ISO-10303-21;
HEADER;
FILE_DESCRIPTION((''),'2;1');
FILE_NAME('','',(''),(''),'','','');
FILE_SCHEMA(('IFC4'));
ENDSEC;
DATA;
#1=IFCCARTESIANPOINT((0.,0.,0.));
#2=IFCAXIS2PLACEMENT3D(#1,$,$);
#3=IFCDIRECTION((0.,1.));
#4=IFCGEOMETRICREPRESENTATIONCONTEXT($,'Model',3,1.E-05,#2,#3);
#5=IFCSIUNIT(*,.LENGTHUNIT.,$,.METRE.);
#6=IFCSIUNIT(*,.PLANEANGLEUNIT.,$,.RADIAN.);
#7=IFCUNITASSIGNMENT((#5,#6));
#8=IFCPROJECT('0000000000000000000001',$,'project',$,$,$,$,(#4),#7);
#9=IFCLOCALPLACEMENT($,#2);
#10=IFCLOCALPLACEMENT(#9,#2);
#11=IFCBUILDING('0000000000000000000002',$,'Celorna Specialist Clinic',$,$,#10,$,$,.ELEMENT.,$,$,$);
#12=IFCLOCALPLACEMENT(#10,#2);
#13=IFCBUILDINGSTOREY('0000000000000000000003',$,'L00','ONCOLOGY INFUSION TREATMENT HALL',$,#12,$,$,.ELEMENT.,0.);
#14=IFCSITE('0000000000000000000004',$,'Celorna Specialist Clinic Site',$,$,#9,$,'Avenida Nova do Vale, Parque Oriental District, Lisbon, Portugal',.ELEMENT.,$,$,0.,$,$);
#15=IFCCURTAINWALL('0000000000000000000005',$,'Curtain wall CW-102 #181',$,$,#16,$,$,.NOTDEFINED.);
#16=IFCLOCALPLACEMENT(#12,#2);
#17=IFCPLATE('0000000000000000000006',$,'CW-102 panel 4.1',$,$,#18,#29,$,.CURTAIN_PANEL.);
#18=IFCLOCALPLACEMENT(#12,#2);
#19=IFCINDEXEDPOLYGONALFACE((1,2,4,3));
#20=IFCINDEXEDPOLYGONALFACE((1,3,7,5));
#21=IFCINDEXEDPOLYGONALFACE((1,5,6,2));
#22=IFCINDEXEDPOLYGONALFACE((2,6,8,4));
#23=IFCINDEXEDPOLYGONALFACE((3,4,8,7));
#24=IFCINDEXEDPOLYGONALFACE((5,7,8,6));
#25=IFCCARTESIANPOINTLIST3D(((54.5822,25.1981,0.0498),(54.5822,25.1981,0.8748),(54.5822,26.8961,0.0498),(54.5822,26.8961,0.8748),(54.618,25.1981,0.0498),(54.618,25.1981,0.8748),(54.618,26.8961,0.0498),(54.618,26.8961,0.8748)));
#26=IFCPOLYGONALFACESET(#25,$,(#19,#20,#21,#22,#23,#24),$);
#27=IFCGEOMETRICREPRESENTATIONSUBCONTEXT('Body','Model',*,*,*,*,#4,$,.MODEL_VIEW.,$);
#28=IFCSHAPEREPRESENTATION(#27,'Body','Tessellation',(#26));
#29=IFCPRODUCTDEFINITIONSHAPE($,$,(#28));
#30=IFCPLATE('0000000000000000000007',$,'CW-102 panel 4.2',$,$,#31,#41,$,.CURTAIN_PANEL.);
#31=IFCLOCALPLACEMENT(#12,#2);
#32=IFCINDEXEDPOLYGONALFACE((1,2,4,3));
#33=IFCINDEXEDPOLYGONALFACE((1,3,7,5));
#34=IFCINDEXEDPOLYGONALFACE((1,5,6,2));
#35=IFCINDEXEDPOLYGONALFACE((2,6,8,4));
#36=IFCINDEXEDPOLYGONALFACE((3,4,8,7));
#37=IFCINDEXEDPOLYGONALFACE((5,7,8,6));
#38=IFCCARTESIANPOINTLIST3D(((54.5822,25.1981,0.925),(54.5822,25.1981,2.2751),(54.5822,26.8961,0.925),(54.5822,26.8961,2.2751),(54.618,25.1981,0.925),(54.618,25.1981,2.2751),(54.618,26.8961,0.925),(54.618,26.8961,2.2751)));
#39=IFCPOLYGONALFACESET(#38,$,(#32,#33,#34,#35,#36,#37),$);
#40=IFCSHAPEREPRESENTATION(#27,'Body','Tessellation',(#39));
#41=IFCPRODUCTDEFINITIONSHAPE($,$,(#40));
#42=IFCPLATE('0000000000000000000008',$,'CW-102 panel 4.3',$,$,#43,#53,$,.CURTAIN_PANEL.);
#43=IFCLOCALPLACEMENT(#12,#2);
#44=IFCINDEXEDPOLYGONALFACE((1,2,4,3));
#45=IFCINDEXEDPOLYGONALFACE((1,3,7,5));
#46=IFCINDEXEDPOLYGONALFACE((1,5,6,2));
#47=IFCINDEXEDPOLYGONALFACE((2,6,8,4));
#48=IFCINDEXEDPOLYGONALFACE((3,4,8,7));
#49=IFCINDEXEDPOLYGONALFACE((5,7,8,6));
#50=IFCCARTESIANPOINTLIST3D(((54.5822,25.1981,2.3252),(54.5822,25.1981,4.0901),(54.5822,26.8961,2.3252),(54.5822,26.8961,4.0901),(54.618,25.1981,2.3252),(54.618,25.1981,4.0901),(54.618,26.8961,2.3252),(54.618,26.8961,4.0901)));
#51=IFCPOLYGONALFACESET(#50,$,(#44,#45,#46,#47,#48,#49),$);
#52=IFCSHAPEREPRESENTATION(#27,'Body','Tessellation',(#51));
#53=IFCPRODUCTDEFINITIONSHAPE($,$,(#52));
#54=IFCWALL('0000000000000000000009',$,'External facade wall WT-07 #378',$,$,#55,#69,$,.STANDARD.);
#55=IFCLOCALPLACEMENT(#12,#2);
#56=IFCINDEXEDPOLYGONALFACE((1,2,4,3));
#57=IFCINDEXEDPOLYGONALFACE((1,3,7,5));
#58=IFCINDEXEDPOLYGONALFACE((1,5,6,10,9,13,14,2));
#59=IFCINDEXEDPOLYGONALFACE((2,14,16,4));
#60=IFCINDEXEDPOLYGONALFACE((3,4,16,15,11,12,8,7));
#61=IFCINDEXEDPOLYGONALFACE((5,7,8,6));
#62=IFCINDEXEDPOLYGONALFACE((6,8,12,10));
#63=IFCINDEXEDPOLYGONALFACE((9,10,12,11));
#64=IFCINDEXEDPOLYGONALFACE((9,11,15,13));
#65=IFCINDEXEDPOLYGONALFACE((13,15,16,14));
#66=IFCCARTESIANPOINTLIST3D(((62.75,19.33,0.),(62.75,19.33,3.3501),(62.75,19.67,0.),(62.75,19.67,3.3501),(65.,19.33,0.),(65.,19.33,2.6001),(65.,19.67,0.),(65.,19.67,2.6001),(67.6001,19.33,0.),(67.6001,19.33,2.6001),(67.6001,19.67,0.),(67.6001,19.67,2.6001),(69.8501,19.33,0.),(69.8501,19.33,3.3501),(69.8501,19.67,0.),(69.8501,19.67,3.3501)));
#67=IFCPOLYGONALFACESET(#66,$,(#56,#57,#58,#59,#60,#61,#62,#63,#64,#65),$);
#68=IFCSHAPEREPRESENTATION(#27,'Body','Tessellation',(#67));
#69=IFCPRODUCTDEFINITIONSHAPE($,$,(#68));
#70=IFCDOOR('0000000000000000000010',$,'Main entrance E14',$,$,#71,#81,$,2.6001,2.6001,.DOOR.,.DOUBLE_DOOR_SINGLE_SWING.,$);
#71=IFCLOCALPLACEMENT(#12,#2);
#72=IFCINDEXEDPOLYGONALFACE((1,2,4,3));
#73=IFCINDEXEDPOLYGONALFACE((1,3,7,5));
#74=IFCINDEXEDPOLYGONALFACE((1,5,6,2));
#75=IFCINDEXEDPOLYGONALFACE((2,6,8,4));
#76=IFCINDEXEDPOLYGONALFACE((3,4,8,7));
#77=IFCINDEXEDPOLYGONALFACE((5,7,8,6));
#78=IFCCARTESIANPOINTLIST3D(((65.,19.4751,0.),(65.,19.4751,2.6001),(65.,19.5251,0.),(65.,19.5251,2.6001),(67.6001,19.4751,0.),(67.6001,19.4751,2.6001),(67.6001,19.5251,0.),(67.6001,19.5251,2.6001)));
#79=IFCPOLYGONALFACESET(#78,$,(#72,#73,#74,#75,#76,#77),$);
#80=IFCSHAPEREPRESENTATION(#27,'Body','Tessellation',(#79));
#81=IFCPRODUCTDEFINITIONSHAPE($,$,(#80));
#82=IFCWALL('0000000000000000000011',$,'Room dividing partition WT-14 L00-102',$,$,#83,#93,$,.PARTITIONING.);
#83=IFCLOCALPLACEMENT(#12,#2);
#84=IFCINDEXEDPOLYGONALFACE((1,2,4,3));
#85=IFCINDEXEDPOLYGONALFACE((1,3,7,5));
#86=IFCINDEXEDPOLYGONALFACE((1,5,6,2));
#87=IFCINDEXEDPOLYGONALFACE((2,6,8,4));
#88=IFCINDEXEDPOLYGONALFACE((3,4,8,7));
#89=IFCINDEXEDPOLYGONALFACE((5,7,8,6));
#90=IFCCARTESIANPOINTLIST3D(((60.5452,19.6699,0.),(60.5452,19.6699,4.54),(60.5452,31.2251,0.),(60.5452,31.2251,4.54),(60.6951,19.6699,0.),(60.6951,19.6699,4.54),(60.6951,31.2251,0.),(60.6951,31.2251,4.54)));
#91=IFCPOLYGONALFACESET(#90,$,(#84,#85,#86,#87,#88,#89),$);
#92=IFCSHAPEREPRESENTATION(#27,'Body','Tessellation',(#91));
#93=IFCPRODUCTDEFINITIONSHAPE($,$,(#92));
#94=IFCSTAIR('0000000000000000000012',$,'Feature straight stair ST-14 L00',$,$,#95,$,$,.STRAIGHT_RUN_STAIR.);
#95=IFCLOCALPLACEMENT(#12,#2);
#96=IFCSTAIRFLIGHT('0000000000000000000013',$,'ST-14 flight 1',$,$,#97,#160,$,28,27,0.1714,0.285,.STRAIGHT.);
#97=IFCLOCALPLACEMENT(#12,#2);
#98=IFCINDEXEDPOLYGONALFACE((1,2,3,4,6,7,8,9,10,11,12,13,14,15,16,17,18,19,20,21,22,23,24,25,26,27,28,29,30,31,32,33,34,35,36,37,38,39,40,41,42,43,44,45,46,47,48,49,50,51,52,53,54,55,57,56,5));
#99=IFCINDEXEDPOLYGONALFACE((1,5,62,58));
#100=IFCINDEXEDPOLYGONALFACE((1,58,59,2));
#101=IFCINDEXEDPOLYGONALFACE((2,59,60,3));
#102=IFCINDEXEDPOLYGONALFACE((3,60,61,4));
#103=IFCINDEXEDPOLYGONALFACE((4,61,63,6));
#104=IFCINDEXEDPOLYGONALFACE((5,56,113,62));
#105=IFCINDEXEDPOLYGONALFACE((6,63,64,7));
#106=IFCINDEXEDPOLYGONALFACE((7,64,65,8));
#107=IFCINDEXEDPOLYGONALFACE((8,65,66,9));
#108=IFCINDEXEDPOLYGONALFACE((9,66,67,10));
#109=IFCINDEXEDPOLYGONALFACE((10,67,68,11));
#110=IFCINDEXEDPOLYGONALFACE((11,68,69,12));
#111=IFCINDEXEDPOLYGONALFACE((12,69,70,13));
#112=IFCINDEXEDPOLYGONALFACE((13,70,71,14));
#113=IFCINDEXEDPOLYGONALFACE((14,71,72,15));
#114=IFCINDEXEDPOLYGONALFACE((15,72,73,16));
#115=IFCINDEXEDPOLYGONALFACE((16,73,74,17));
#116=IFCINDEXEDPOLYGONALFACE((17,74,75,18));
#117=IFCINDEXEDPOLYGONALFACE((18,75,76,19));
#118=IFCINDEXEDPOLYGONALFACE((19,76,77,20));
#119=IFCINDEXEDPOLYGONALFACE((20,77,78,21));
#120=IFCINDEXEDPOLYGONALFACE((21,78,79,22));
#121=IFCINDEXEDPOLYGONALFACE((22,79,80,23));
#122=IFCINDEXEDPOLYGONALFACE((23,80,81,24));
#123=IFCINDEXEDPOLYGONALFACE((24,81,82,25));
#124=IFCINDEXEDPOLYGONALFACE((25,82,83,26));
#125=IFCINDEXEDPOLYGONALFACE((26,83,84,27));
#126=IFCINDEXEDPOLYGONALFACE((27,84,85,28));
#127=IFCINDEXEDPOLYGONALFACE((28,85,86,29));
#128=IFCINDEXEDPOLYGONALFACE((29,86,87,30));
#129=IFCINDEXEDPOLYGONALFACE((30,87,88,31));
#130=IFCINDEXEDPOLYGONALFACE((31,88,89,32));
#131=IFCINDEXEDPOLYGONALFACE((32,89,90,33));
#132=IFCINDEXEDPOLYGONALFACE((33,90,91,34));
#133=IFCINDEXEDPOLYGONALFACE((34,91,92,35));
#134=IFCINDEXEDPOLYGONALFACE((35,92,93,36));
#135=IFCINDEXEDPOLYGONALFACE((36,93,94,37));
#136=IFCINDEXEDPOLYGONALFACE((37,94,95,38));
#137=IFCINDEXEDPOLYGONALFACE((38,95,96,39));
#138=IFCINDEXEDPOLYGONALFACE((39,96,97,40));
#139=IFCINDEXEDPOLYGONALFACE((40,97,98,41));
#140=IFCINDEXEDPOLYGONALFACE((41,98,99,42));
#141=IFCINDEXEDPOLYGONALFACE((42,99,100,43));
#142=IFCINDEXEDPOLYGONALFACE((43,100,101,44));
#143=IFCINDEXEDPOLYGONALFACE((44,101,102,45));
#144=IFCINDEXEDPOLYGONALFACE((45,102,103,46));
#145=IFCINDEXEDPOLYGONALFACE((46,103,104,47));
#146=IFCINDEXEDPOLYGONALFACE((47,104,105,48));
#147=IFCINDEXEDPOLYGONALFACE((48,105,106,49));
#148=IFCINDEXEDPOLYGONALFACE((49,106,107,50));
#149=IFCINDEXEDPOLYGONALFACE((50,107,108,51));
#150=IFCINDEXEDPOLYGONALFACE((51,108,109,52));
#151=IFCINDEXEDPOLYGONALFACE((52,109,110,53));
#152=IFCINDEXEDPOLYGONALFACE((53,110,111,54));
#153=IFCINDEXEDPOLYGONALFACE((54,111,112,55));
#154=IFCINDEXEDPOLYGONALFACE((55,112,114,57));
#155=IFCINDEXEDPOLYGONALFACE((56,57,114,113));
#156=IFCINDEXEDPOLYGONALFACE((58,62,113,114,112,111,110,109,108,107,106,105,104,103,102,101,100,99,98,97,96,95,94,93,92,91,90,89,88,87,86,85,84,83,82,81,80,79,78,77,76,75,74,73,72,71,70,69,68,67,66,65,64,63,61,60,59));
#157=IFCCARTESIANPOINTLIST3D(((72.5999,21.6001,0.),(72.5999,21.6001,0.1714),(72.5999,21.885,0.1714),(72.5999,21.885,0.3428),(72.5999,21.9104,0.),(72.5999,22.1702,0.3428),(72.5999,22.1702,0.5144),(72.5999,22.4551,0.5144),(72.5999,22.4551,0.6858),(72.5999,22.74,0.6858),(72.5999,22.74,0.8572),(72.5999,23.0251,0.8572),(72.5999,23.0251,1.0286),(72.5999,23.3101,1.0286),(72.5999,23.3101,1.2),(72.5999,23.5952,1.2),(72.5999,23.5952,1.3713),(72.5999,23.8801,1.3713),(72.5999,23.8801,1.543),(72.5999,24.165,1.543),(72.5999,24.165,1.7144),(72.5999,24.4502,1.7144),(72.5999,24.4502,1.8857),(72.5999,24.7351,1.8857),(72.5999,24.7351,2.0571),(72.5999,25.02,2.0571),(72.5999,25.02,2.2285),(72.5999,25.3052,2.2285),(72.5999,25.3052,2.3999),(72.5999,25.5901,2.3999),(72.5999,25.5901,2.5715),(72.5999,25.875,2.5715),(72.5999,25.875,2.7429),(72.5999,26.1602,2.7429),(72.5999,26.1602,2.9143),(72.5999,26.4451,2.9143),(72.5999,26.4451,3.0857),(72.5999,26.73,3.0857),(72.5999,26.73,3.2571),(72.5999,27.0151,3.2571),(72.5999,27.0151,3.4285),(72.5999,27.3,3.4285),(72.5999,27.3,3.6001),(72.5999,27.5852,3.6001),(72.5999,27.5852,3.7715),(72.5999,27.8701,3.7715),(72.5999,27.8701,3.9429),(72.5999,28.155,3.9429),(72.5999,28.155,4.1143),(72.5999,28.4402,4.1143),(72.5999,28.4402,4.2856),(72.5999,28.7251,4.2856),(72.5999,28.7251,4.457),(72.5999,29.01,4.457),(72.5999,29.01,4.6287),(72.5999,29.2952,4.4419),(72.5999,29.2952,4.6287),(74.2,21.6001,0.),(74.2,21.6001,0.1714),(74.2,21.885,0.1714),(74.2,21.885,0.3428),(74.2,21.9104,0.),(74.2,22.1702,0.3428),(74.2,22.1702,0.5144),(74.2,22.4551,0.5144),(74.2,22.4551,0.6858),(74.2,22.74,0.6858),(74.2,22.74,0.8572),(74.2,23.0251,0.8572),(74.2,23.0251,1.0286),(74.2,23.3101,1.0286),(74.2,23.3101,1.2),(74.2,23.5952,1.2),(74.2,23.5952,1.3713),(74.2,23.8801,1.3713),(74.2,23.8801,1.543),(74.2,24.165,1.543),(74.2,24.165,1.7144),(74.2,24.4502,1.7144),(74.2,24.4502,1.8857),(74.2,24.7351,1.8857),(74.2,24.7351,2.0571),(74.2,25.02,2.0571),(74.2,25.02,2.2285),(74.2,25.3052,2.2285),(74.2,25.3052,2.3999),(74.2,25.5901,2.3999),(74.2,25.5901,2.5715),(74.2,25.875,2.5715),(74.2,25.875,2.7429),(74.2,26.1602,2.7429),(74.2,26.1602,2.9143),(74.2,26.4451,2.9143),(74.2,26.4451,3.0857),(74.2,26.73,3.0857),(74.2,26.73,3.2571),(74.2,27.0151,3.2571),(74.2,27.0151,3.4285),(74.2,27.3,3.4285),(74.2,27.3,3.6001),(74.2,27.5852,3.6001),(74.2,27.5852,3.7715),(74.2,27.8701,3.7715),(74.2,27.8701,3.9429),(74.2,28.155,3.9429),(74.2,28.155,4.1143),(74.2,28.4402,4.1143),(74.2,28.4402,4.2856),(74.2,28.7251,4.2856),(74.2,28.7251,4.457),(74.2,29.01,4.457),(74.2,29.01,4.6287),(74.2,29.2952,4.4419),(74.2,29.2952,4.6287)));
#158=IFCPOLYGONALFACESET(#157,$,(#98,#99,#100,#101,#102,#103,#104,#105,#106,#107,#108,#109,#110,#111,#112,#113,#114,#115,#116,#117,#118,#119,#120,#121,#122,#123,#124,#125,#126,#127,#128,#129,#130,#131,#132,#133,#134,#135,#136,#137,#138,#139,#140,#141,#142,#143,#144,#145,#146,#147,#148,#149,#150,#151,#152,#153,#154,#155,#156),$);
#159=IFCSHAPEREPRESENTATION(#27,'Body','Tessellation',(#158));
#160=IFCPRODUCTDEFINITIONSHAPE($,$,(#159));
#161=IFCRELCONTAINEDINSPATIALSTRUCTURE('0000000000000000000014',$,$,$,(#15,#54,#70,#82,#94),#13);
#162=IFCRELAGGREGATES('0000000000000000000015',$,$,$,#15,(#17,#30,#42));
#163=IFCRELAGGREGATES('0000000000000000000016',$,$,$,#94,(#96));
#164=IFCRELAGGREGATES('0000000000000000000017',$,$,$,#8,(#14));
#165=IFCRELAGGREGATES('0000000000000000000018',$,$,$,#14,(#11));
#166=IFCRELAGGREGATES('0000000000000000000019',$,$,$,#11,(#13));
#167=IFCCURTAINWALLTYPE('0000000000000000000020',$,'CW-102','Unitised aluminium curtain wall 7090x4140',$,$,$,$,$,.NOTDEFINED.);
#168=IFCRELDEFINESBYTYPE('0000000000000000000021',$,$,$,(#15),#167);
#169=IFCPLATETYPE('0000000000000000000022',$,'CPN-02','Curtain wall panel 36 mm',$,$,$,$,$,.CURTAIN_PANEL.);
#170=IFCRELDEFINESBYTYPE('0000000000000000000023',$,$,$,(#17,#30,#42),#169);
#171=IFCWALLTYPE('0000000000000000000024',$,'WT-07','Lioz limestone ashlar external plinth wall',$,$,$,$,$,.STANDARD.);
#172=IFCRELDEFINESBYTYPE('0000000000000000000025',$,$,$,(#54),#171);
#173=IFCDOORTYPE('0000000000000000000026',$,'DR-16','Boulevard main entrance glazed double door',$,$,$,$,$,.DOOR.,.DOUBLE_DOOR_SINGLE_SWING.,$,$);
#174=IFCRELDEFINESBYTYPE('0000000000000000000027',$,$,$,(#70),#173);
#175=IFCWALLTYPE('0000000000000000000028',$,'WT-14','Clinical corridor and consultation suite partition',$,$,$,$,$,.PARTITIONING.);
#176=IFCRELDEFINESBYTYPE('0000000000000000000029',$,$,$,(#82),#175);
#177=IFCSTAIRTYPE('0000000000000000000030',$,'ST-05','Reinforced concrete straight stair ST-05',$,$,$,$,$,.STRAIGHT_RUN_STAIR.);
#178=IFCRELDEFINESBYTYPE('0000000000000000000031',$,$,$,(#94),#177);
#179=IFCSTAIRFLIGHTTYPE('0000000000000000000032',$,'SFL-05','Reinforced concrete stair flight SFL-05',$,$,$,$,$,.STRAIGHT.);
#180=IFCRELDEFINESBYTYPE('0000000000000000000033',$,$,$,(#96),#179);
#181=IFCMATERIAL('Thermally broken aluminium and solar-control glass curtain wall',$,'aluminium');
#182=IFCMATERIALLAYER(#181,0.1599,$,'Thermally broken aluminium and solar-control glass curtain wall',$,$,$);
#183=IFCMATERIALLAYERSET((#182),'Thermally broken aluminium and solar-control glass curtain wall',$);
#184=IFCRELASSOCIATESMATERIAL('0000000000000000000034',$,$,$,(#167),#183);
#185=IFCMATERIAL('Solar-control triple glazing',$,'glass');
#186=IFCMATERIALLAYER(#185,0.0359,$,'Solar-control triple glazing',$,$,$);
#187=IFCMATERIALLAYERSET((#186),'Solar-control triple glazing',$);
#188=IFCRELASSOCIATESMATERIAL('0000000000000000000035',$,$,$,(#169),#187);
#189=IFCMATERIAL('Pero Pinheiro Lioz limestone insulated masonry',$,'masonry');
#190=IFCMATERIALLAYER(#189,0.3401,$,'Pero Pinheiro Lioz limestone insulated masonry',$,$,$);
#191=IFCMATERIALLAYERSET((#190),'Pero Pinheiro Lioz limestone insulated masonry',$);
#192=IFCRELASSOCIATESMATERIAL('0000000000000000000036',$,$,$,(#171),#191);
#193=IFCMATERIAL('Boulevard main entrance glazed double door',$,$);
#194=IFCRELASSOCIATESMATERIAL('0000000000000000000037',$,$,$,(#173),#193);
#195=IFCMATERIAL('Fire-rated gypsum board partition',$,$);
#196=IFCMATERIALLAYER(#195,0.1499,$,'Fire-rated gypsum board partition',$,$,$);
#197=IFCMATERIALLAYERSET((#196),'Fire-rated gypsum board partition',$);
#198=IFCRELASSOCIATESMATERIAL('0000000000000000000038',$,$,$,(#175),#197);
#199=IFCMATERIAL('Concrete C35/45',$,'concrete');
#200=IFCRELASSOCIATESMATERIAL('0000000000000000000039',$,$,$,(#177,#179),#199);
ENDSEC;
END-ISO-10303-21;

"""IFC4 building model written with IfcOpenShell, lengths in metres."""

from ifc_helpers import new_model, si_unit, direction, frame, frame_2d, origin, origin_2d, place, context, subcontext, project, spatial, polyline, rectangle, outline, extrude, material, layer, layer_set, type_object, element, fill, aggregate, save


model = new_model("IFC4")

# Units and contexts
model_context = context("Model", 3, precision=1e-05, world=origin(), true_north=direction((0.0, 1.0)))
body_context = subcontext(model_context, "Body", "Model", "MODEL_VIEW")
ifc_project = project(units=[si_unit("LENGTHUNIT", "METRE"), si_unit("PLANEANGLEUNIT", "RADIAN")], contexts=[model_context])

# Site, building, storey
site_placement = place(None, origin())
site = spatial("IfcSite", under=ifc_project, at=site_placement, Name="Celorna Specialist Clinic Site", LongName="Avenida Nova do Vale, Parque Oriental District, Lisbon, Portugal", CompositionType="ELEMENT", RefElevation=0.0)
building_placement = place(site_placement, origin())
building = spatial("IfcBuilding", under=site, at=building_placement, Name="Celorna Specialist Clinic", CompositionType="ELEMENT")
storey_placement = place(building_placement, origin())
storey = spatial("IfcBuildingStorey", under=building, at=storey_placement, Name="L00", Description="ONCOLOGY INFUSION TREATMENT HALL", CompositionType="ELEMENT", Elevation=0.0)

# Curtain wall
ifc_material_1 = material(Name="Thermally broken aluminium and solar-control glass curtain wall", Category="aluminium")
ifc_layer_1 = layer(ifc_material_1, 0.1599, Name="Thermally broken aluminium and solar-control glass curtain wall")
ifc_layer_set_1 = layer_set([ifc_layer_1], Name="Thermally broken aluminium and solar-control glass curtain wall")
curtain_wall_type = type_object("IfcCurtainWallType", Name="CW-102", Description="Unitised aluminium curtain wall 7090x4140", PredefinedType="NOTDEFINED", material=ifc_layer_set_1)
curtain_wall_1_placement = place(storey_placement, origin())
curtain_wall_1 = element("IfcCurtainWall", 1, at=curtain_wall_1_placement, inside=storey, type_object=curtain_wall_type, Name="Curtain wall CW-102 #181", PredefinedType="NOTDEFINED")

# Plates
ifc_material_2 = material(Name="Solar-control triple glazing", Category="glass")
ifc_layer_2 = layer(ifc_material_2, 0.0359, Name="Solar-control triple glazing")
ifc_layer_set_2 = layer_set([ifc_layer_2], Name="Solar-control triple glazing")
plate_type = type_object("IfcPlateType", Name="CPN-02", Description="Curtain wall panel 36 mm", PredefinedType="CURTAIN_PANEL", material=ifc_layer_set_2)
plate_1_placement = place(storey_placement, frame((54.6001, 26.0471, 0.0498), z_axis=(0.0, 0.0, 1.0), x_axis=(0.0, 1.0, 0.0)))
plate_1 = element("IfcPlate", 2, at=plate_1_placement, type_object=plate_type, Name="CW-102 panel 4.1", PredefinedType="CURTAIN_PANEL", context=body_context, shape_type="SweptSolid", body=[
    extrude(rectangle(XDim=1.698, YDim=0.0359, at=origin_2d()), origin(), (0.0, 0.0, 1.0), 0.825),
])
plate_2_placement = place(storey_placement, frame((54.6001, 26.0471, 0.925), z_axis=(0.0, 0.0, 1.0), x_axis=(0.0, 1.0, 0.0)))
plate_2 = element("IfcPlate", 3, at=plate_2_placement, type_object=plate_type, Name="CW-102 panel 4.2", PredefinedType="CURTAIN_PANEL", context=body_context, shape_type="SweptSolid", body=[
    extrude(rectangle(XDim=1.698, YDim=0.0359, at=origin_2d()), origin(), (0.0, 0.0, 1.0), 1.3501),
])
plate_3_placement = place(storey_placement, frame((54.6001, 26.0471, 2.3252), z_axis=(0.0, 0.0, 1.0), x_axis=(0.0, 1.0, 0.0)))
plate_3 = element("IfcPlate", 4, at=plate_3_placement, type_object=plate_type, Name="CW-102 panel 4.3", PredefinedType="CURTAIN_PANEL", context=body_context, shape_type="SweptSolid", body=[
    extrude(rectangle(XDim=1.698, YDim=0.0359, at=origin_2d()), origin(), (0.0, 0.0, 1.0), 1.7649),
])
aggregate(curtain_wall_1, [plate_1, plate_2, plate_3])

# Wall, opening, door
ifc_material_3 = material(Name="Pero Pinheiro Lioz limestone insulated masonry", Category="masonry")
ifc_layer_3 = layer(ifc_material_3, 0.3401, Name="Pero Pinheiro Lioz limestone insulated masonry")
ifc_layer_set_3 = layer_set([ifc_layer_3], Name="Pero Pinheiro Lioz limestone insulated masonry")
wall_type_1 = type_object("IfcWallType", Name="WT-07", Description="Lioz limestone ashlar external plinth wall", PredefinedType="STANDARD", material=ifc_layer_set_3)
wall_1_placement = place(storey_placement, frame((69.8501, 19.5, 0.0), z_axis=(0.0, 0.0, 1.0), x_axis=(-1.0, 0.0, 0.0)))
wall_1 = element("IfcWall", 5, at=wall_1_placement, inside=storey, type_object=wall_type_1, Name="External facade wall WT-07 #378", PredefinedType="STANDARD", context=body_context, shape_type="SweptSolid", body=[
    extrude(rectangle(XDim=7.1001, YDim=0.3401, at=frame_2d((3.55, 0.0))), origin(), (0.0, 0.0, 1.0), 3.3501),
])
opening_placement = place(wall_1_placement, frame((2.25, 0.0, 0.0)))
opening = element("IfcOpeningElement", 6, at=opening_placement, cuts=wall_1, PredefinedType="OPENING", context=body_context, shape_type="SweptSolid", body=[
    extrude(rectangle(XDim=2.6001, YDim=2.6001, at=frame_2d((1.3, 1.3))), frame((0.0, 0.1799, 0.0), z_axis=(0.0, -1.0, 0.0), x_axis=(1.0, 0.0, 0.0)), (0.0, 0.0, 1.0), 0.3601),
])
ifc_material_4 = material(Name="Boulevard main entrance glazed double door")
door_type = type_object("IfcDoorType", Name="DR-16", Description="Boulevard main entrance glazed double door", OperationType="DOUBLE_DOOR_SINGLE_SWING", PredefinedType="DOOR", material=ifc_material_4)
door_placement = place(opening_placement, origin())
door = element("IfcDoor", 7, at=door_placement, inside=storey, type_object=door_type, Name="Main entrance E14", OperationType="DOUBLE_DOOR_SINGLE_SWING", OverallHeight=2.6001, OverallWidth=2.6001, PredefinedType="DOOR", context=body_context, shape_type="SweptSolid", body=[
    extrude(rectangle(XDim=2.6001, YDim=2.6001, at=frame_2d((1.3, 1.3))), frame((0.0, 0.0249, 0.0), z_axis=(0.0, -1.0, 0.0), x_axis=(1.0, 0.0, 0.0)), (0.0, 0.0, 1.0), 0.05),
])
fill(opening, door)

# Wall
ifc_material_5 = material(Name="Fire-rated gypsum board partition")
ifc_layer_4 = layer(ifc_material_5, 0.1499, Name="Fire-rated gypsum board partition")
ifc_layer_set_4 = layer_set([ifc_layer_4], Name="Fire-rated gypsum board partition")
wall_type_2 = type_object("IfcWallType", Name="WT-14", Description="Clinical corridor and consultation suite partition", PredefinedType="PARTITIONING", material=ifc_layer_set_4)
wall_2_placement = place(storey_placement, frame((60.6201, 19.6699, 0.0), z_axis=(0.0, 0.0, 1.0), x_axis=(0.0, 1.0, 0.0)))
element("IfcWall", 8, at=wall_2_placement, inside=storey, type_object=wall_type_2, Name="Room dividing partition WT-14 L00-102", PredefinedType="PARTITIONING", context=body_context, shape_type="SweptSolid", body=[
    extrude(rectangle(XDim=11.5552, YDim=0.1499, at=frame_2d((5.7776, 0.0))), origin(), (0.0, 0.0, 1.0), 4.54),
])

# Stair, stair flight
ifc_material_6 = material(Name="Concrete C35/45", Category="concrete")
stair_type = type_object("IfcStairType", Name="ST-05", Description="Reinforced concrete straight stair ST-05", PredefinedType="STRAIGHT_RUN_STAIR", material=ifc_material_6)
stair_placement = place(storey_placement, origin())
stair = element("IfcStair", 9, at=stair_placement, inside=storey, type_object=stair_type, Name="Feature straight stair ST-14 L00", PredefinedType="STRAIGHT_RUN_STAIR")
stair_flight_type = type_object("IfcStairFlightType", Name="SFL-05", Description="Reinforced concrete stair flight SFL-05", PredefinedType="STRAIGHT", material=ifc_material_6)
stair_flight_placement = place(storey_placement, frame((73.3999, 21.6001, 0.0), z_axis=(0.0, 0.0, 1.0), x_axis=(0.0, 1.0, 0.0)))
stair_flight = element("IfcStairFlight", 10, at=stair_flight_placement, type_object=stair_flight_type, Name="ST-14 flight 1", NumberOfRisers=28, NumberOfTreads=27, PredefinedType="STRAIGHT", RiserHeight=0.1714, TreadLength=0.285, context=body_context, shape_type="SweptSolid", body=[
    extrude(outline(polyline([(0.0, 0.0), (0.0, 0.1714), (0.2849, 0.1714), (0.2849, 0.3428), (0.5701, 0.3428), (0.5701, 0.5144), (0.855, 0.5144), (0.855, 0.6858), (1.1399, 0.6858), (1.1399, 0.8572), (1.425, 0.8572), (1.425, 1.0286), (1.71, 1.0286), (1.71, 1.2), (1.9951, 1.2), (1.9951, 1.3713), (2.28, 1.3713), (2.28, 1.543), (2.5649, 1.543), (2.5649, 1.7144), (2.8501, 1.7144), (2.8501, 1.8857), (3.135, 1.8857), (3.135, 2.0571), (3.4199, 2.0571), (3.4199, 2.2285), (3.7051, 2.2285), (3.7051, 2.3999), (3.99, 2.3999), (3.99, 2.5715), (4.2749, 2.5715), (4.2749, 2.7429), (4.5601, 2.7429), (4.5601, 2.9143), (4.845, 2.9143), (4.845, 3.0857), (5.1299, 3.0857), (5.1299, 3.2571), (5.415, 3.2571), (5.415, 3.4285), (5.7, 3.4285), (5.7, 3.6001), (5.9851, 3.6001), (5.9851, 3.7715), (6.27, 3.7715), (6.27, 3.9429), (6.5549, 3.9429), (6.5549, 4.1143), (6.8401, 4.1143), (6.8401, 4.2856), (7.125, 4.2856), (7.125, 4.457), (7.4099, 4.457), (7.4099, 4.6287), (7.6951, 4.6287), (7.6951, 4.8), (7.6951, 4.4419), (0.3103, 0.0), (0.0, 0.0)])), frame((0.0, 0.8, 0.0), z_axis=(0.0, -1.0, 0.0), x_axis=(1.0, 0.0, 0.0)), (0.0, 0.0, 1.0), 1.6001),
])
aggregate(stair, [stair_flight])

save(model, "model.ifc")
